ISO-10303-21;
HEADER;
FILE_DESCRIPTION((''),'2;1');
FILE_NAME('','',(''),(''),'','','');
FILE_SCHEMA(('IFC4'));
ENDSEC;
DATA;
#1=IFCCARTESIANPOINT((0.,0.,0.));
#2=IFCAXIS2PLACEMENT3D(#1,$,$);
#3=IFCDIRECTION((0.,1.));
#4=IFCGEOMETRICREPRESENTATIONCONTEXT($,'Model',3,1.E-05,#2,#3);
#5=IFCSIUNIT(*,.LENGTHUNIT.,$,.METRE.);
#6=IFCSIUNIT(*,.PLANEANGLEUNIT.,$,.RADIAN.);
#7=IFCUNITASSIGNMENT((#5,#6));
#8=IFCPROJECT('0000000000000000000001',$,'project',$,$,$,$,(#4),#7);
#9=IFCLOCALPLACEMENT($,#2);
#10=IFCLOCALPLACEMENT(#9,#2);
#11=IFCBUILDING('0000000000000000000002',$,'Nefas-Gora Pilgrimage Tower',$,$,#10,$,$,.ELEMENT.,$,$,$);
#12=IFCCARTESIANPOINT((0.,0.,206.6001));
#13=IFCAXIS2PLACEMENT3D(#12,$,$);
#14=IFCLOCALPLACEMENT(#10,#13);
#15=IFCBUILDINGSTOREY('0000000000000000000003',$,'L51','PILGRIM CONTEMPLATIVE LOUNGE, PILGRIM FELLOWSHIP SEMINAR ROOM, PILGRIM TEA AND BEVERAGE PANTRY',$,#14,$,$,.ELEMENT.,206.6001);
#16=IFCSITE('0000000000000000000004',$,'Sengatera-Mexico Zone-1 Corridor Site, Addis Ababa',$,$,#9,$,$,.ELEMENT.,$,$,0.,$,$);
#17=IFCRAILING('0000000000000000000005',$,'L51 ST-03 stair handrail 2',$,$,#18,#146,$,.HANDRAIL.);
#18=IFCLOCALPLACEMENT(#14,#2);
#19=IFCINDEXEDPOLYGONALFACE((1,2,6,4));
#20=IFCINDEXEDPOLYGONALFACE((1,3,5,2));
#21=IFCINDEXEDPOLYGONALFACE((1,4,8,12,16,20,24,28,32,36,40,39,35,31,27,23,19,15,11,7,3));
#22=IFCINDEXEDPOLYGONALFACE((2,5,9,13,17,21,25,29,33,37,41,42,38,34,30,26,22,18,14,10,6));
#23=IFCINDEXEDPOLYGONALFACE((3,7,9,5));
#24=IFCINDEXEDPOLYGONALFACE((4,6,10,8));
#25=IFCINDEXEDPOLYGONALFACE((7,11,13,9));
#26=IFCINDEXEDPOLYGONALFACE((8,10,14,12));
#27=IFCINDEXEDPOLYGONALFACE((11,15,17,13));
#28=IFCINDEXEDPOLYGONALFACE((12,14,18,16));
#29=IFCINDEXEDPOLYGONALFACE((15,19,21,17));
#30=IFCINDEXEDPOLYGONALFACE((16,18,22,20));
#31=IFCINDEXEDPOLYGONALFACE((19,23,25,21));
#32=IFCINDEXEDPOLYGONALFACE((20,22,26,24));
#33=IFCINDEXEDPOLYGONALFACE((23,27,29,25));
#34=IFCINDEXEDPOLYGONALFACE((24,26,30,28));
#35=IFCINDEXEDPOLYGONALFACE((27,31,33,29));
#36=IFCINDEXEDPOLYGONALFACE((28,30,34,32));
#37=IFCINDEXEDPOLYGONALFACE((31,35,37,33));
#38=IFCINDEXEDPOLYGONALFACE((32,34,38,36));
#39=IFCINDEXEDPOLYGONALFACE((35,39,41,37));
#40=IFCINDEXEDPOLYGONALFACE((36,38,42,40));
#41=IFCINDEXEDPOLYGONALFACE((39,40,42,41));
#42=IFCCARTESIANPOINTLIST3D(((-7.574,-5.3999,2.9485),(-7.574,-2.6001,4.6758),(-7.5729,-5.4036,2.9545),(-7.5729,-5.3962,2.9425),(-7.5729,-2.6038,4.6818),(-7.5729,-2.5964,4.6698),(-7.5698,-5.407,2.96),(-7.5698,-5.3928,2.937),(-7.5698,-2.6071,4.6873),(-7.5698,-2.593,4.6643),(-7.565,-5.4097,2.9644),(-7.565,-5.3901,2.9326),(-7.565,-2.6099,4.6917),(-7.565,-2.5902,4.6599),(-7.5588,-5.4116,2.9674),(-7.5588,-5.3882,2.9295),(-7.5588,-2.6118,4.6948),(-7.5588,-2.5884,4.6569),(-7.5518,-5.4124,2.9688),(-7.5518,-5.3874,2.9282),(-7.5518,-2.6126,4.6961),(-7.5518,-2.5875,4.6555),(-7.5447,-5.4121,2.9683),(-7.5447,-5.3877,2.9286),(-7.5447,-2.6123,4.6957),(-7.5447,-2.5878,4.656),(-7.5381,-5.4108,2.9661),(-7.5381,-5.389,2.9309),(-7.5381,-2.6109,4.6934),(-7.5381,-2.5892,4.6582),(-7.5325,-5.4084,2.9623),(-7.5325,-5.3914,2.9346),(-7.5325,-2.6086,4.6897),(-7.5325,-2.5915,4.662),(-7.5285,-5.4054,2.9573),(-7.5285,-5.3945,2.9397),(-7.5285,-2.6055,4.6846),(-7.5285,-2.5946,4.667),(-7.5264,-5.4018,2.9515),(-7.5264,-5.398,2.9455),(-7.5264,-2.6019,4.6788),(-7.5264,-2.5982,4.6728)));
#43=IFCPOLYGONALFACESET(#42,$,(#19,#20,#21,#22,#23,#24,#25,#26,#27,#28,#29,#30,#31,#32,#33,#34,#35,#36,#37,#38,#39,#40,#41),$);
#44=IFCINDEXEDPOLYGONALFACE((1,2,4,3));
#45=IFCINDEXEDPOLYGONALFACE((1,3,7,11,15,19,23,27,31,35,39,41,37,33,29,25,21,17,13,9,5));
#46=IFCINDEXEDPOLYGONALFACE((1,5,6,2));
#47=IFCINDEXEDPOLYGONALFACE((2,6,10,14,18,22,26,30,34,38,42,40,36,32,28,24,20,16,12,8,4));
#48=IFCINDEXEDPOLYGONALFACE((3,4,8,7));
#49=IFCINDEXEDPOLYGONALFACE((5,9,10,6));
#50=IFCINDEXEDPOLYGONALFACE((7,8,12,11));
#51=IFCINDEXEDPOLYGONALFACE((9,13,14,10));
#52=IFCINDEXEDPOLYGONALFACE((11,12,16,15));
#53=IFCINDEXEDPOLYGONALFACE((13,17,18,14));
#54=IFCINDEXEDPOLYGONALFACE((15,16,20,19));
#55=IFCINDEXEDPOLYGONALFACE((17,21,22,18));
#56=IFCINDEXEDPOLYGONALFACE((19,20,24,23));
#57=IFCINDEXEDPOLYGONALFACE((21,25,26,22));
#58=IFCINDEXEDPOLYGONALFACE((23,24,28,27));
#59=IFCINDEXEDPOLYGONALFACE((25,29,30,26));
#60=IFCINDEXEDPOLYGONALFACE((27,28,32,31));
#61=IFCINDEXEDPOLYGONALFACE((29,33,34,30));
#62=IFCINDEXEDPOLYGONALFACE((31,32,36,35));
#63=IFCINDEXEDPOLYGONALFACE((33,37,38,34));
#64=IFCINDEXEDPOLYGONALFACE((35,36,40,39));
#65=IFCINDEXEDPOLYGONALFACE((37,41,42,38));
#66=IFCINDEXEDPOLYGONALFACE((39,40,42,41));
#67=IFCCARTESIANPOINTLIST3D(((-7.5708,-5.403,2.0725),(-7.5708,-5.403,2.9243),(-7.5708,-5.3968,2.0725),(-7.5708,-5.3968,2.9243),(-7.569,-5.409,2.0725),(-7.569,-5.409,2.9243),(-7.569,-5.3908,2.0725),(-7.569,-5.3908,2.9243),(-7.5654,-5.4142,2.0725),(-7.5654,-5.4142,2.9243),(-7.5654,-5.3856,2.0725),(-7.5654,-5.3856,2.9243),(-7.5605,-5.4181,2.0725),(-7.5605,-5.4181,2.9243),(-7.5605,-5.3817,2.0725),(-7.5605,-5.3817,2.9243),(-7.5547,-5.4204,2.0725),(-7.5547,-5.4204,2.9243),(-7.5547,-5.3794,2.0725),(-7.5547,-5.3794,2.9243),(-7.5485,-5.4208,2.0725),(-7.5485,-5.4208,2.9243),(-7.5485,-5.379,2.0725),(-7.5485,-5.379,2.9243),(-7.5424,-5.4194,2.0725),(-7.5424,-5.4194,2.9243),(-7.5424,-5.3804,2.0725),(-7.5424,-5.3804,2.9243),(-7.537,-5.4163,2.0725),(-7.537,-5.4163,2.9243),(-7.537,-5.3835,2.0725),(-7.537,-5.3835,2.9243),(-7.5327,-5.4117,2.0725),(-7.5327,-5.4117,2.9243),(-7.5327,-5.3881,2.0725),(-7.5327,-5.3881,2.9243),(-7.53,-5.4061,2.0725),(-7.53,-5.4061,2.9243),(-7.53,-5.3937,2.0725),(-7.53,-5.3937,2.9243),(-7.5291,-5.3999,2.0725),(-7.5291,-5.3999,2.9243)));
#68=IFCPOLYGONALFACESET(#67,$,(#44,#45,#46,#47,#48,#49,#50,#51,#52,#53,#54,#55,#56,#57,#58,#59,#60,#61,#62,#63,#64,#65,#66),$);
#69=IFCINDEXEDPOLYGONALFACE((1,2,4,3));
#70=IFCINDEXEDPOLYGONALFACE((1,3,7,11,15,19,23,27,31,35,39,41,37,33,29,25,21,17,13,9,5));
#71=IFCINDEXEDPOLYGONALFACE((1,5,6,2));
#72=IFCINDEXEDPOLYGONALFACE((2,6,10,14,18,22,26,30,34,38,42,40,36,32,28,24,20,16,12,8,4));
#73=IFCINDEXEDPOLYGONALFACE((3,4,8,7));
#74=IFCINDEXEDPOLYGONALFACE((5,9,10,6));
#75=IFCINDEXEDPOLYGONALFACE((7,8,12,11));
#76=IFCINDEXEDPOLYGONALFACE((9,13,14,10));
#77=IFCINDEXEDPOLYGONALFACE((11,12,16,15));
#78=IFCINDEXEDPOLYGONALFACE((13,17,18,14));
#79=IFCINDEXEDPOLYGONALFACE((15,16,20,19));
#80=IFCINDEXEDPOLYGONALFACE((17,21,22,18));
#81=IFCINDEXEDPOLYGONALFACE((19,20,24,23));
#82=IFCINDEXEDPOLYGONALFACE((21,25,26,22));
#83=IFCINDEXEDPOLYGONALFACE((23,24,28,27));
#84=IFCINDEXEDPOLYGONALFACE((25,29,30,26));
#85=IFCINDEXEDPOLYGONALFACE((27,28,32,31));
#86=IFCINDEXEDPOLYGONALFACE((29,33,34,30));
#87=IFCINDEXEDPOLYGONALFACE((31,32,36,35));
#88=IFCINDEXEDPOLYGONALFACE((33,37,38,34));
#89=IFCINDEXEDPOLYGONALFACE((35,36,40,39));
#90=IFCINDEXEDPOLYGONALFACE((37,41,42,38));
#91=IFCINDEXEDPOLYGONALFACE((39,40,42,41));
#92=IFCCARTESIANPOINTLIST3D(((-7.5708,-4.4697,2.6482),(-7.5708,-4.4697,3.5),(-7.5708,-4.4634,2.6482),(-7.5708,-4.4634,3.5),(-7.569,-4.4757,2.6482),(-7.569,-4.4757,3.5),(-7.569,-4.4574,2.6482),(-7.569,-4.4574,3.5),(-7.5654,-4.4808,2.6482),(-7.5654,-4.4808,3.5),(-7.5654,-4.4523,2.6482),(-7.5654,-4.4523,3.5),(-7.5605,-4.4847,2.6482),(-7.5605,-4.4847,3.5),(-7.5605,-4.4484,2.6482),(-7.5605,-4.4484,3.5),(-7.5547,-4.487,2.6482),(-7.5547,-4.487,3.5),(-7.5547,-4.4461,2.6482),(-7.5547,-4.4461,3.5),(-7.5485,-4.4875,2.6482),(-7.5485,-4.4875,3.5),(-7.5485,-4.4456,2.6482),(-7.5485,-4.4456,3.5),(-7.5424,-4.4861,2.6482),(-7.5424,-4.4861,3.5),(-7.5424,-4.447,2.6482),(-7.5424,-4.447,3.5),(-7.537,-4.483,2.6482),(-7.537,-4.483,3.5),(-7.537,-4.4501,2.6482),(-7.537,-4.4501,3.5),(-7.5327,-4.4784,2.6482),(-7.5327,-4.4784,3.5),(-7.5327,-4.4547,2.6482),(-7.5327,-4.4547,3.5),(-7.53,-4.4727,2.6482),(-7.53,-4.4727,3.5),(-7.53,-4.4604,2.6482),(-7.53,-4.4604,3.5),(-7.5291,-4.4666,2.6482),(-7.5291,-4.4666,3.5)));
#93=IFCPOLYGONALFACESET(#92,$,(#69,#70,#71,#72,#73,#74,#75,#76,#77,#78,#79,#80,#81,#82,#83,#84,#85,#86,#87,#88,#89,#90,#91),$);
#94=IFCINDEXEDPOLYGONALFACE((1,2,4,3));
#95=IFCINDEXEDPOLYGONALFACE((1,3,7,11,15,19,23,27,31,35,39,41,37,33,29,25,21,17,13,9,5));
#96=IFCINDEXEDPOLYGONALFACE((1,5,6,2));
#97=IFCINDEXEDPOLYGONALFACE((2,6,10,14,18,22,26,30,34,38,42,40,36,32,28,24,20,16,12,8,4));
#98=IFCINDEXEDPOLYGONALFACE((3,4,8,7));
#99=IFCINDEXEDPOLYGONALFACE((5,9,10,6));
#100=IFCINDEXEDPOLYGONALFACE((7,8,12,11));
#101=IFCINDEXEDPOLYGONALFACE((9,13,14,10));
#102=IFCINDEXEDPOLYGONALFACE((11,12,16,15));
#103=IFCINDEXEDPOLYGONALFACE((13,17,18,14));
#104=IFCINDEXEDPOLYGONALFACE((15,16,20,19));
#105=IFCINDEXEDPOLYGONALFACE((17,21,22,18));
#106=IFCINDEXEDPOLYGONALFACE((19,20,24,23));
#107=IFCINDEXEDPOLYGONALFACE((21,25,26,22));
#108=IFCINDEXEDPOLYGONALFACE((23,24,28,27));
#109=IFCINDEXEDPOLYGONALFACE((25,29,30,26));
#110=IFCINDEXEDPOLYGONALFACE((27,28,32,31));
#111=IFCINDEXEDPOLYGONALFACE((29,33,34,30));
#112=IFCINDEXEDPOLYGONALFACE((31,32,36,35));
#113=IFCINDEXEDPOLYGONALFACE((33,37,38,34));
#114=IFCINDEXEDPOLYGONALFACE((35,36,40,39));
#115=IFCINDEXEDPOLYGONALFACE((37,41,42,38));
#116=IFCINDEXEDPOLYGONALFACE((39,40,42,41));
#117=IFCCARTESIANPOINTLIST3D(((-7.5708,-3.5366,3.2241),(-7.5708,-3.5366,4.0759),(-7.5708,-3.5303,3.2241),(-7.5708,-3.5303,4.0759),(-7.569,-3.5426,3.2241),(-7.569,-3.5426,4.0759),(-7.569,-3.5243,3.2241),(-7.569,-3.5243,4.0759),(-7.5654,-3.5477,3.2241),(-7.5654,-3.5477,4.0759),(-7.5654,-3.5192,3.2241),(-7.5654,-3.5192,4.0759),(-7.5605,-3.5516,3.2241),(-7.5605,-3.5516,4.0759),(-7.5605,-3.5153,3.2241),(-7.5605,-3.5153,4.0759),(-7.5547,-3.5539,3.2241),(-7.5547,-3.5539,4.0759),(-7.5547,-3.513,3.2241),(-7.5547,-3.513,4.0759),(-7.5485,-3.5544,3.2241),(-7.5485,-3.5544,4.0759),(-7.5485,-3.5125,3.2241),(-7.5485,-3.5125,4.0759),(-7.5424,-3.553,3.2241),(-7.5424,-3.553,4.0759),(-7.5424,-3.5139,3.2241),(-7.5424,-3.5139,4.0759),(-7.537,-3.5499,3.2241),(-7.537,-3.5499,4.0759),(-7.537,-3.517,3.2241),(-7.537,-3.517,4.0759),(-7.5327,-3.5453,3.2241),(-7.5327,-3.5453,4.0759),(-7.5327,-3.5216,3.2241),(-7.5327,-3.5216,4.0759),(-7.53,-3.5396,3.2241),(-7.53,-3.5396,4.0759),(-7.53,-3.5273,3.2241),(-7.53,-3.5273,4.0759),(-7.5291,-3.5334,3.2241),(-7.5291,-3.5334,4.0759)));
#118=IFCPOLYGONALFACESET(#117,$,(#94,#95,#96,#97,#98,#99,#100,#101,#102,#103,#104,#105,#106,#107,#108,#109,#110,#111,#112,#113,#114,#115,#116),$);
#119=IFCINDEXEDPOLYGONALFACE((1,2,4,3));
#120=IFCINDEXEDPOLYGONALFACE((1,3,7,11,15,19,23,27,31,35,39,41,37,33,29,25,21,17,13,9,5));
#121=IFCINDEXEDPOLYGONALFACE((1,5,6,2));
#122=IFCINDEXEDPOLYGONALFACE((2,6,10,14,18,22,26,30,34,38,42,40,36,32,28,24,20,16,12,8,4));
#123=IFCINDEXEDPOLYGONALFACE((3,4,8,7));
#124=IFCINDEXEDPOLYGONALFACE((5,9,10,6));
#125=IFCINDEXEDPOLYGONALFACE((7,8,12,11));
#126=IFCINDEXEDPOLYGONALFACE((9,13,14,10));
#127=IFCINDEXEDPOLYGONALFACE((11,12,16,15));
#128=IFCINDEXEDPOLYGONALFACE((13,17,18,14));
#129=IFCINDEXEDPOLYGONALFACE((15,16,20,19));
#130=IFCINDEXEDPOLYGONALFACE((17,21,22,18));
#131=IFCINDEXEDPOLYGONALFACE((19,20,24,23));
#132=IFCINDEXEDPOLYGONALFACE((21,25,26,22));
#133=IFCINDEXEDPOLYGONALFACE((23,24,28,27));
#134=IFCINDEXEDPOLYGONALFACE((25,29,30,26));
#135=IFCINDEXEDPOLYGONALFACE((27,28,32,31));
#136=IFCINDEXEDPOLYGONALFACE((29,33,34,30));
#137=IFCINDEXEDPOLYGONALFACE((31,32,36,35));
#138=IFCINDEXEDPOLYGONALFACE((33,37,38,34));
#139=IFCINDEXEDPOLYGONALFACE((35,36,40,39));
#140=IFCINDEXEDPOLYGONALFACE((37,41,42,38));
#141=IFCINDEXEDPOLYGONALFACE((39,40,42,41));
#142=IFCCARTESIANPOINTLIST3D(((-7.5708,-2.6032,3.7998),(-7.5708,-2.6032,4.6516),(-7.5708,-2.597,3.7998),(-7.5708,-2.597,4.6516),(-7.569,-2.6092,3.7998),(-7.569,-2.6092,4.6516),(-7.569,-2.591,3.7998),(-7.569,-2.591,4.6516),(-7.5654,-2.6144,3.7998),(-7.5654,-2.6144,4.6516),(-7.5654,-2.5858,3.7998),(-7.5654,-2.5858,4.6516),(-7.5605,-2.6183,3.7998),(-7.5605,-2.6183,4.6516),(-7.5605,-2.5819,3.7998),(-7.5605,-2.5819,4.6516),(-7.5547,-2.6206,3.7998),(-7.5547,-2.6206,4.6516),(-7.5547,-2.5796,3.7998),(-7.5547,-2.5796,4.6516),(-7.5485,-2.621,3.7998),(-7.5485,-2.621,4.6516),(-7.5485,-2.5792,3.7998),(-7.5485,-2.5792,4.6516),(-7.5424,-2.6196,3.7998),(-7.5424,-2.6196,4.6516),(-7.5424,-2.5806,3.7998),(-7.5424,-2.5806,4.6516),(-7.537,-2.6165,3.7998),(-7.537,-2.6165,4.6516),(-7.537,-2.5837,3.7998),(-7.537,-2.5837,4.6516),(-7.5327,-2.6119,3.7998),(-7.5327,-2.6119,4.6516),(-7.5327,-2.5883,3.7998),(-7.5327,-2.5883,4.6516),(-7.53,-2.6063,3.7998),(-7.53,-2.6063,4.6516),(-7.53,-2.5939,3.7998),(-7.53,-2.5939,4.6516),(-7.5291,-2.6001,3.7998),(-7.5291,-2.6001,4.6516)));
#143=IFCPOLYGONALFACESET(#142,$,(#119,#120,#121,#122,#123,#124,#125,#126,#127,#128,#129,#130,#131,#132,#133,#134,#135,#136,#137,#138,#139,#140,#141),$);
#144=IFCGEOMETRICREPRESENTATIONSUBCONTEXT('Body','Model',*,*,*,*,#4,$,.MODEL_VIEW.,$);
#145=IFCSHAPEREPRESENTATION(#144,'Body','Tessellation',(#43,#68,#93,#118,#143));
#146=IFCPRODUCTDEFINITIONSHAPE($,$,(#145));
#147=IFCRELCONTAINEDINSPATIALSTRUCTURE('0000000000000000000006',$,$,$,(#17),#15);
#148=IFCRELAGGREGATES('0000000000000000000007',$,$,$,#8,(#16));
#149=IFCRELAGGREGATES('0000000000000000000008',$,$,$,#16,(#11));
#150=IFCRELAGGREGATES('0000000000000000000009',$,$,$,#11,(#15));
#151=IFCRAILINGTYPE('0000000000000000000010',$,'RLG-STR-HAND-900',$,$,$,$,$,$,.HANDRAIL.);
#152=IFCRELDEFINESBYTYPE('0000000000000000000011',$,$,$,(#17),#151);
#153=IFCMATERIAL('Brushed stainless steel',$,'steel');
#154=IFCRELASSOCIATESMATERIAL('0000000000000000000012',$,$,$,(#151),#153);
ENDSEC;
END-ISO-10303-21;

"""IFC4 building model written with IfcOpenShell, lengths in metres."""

from ifc_helpers import new_model, si_unit, direction, frame, origin, origin_2d, place, context, subcontext, project, spatial, circle, extrude, material, type_object, element, save


model = new_model("IFC4")

# Units and contexts
model_context = context("Model", 3, precision=1e-05, world=origin(), true_north=direction((0.0, 1.0)))
body_context = subcontext(model_context, "Body", "Model", "MODEL_VIEW")
ifc_project = project(units=[si_unit("LENGTHUNIT", "METRE"), si_unit("PLANEANGLEUNIT", "RADIAN")], contexts=[model_context])

# Site, building, storey
site_placement = place(None, origin())
site = spatial("IfcSite", under=ifc_project, at=site_placement, Name="Sengatera-Mexico Zone-1 Corridor Site, Addis Ababa", CompositionType="ELEMENT", RefElevation=0.0)
building_placement = place(site_placement, origin())
building = spatial("IfcBuilding", under=site, at=building_placement, Name="Nefas-Gora Pilgrimage Tower", CompositionType="ELEMENT")
storey_placement = place(building_placement, frame((0.0, 0.0, 206.6001)))
storey = spatial("IfcBuildingStorey", under=building, at=storey_placement, Name="L51", Description="PILGRIM CONTEMPLATIVE LOUNGE, PILGRIM FELLOWSHIP SEMINAR ROOM, PILGRIM TEA AND BEVERAGE PANTRY", CompositionType="ELEMENT", Elevation=206.6001)

# Railing
ifc_material_1 = material(Name="Brushed stainless steel", Category="steel")
railing_type_1 = type_object("IfcRailingType", Name="RLG-STR-HAND-900", PredefinedType="HANDRAIL", material=ifc_material_1)
railing_1_placement = place(storey_placement, frame((-7.55, -5.3999, 2.0725)))
element("IfcRailing", 1, at=railing_1_placement, inside=storey, type_object=railing_type_1, Name="L51 ST-03 stair handrail 2", PredefinedType="HANDRAIL", context=body_context, shape_type="SweptSolid", body=[
    extrude(circle(Radius=0.0239, at=origin_2d()), frame((0.0, 0.0, 0.876), z_axis=(0.0, 0.851069, 0.525054), x_axis=(-1.0, 0.0, 0.0)), (0.0, 0.0, 1.0), 3.2898),
    extrude(circle(Radius=0.021, at=origin_2d()), origin(), (0.0, 0.0, 1.0), 0.8518),
    extrude(circle(Radius=0.021, at=origin_2d()), frame((0.0, 0.9333, 0.5757)), (0.0, 0.0, 1.0), 0.8518),
    extrude(circle(Radius=0.021, at=origin_2d()), frame((0.0, 1.8665, 1.1516)), (0.0, 0.0, 1.0), 0.8518),
    extrude(circle(Radius=0.021, at=origin_2d()), frame((0.0, 2.7998, 1.7273)), (0.0, 0.0, 1.0), 0.8518),
])

save(model, "model.ifc")
